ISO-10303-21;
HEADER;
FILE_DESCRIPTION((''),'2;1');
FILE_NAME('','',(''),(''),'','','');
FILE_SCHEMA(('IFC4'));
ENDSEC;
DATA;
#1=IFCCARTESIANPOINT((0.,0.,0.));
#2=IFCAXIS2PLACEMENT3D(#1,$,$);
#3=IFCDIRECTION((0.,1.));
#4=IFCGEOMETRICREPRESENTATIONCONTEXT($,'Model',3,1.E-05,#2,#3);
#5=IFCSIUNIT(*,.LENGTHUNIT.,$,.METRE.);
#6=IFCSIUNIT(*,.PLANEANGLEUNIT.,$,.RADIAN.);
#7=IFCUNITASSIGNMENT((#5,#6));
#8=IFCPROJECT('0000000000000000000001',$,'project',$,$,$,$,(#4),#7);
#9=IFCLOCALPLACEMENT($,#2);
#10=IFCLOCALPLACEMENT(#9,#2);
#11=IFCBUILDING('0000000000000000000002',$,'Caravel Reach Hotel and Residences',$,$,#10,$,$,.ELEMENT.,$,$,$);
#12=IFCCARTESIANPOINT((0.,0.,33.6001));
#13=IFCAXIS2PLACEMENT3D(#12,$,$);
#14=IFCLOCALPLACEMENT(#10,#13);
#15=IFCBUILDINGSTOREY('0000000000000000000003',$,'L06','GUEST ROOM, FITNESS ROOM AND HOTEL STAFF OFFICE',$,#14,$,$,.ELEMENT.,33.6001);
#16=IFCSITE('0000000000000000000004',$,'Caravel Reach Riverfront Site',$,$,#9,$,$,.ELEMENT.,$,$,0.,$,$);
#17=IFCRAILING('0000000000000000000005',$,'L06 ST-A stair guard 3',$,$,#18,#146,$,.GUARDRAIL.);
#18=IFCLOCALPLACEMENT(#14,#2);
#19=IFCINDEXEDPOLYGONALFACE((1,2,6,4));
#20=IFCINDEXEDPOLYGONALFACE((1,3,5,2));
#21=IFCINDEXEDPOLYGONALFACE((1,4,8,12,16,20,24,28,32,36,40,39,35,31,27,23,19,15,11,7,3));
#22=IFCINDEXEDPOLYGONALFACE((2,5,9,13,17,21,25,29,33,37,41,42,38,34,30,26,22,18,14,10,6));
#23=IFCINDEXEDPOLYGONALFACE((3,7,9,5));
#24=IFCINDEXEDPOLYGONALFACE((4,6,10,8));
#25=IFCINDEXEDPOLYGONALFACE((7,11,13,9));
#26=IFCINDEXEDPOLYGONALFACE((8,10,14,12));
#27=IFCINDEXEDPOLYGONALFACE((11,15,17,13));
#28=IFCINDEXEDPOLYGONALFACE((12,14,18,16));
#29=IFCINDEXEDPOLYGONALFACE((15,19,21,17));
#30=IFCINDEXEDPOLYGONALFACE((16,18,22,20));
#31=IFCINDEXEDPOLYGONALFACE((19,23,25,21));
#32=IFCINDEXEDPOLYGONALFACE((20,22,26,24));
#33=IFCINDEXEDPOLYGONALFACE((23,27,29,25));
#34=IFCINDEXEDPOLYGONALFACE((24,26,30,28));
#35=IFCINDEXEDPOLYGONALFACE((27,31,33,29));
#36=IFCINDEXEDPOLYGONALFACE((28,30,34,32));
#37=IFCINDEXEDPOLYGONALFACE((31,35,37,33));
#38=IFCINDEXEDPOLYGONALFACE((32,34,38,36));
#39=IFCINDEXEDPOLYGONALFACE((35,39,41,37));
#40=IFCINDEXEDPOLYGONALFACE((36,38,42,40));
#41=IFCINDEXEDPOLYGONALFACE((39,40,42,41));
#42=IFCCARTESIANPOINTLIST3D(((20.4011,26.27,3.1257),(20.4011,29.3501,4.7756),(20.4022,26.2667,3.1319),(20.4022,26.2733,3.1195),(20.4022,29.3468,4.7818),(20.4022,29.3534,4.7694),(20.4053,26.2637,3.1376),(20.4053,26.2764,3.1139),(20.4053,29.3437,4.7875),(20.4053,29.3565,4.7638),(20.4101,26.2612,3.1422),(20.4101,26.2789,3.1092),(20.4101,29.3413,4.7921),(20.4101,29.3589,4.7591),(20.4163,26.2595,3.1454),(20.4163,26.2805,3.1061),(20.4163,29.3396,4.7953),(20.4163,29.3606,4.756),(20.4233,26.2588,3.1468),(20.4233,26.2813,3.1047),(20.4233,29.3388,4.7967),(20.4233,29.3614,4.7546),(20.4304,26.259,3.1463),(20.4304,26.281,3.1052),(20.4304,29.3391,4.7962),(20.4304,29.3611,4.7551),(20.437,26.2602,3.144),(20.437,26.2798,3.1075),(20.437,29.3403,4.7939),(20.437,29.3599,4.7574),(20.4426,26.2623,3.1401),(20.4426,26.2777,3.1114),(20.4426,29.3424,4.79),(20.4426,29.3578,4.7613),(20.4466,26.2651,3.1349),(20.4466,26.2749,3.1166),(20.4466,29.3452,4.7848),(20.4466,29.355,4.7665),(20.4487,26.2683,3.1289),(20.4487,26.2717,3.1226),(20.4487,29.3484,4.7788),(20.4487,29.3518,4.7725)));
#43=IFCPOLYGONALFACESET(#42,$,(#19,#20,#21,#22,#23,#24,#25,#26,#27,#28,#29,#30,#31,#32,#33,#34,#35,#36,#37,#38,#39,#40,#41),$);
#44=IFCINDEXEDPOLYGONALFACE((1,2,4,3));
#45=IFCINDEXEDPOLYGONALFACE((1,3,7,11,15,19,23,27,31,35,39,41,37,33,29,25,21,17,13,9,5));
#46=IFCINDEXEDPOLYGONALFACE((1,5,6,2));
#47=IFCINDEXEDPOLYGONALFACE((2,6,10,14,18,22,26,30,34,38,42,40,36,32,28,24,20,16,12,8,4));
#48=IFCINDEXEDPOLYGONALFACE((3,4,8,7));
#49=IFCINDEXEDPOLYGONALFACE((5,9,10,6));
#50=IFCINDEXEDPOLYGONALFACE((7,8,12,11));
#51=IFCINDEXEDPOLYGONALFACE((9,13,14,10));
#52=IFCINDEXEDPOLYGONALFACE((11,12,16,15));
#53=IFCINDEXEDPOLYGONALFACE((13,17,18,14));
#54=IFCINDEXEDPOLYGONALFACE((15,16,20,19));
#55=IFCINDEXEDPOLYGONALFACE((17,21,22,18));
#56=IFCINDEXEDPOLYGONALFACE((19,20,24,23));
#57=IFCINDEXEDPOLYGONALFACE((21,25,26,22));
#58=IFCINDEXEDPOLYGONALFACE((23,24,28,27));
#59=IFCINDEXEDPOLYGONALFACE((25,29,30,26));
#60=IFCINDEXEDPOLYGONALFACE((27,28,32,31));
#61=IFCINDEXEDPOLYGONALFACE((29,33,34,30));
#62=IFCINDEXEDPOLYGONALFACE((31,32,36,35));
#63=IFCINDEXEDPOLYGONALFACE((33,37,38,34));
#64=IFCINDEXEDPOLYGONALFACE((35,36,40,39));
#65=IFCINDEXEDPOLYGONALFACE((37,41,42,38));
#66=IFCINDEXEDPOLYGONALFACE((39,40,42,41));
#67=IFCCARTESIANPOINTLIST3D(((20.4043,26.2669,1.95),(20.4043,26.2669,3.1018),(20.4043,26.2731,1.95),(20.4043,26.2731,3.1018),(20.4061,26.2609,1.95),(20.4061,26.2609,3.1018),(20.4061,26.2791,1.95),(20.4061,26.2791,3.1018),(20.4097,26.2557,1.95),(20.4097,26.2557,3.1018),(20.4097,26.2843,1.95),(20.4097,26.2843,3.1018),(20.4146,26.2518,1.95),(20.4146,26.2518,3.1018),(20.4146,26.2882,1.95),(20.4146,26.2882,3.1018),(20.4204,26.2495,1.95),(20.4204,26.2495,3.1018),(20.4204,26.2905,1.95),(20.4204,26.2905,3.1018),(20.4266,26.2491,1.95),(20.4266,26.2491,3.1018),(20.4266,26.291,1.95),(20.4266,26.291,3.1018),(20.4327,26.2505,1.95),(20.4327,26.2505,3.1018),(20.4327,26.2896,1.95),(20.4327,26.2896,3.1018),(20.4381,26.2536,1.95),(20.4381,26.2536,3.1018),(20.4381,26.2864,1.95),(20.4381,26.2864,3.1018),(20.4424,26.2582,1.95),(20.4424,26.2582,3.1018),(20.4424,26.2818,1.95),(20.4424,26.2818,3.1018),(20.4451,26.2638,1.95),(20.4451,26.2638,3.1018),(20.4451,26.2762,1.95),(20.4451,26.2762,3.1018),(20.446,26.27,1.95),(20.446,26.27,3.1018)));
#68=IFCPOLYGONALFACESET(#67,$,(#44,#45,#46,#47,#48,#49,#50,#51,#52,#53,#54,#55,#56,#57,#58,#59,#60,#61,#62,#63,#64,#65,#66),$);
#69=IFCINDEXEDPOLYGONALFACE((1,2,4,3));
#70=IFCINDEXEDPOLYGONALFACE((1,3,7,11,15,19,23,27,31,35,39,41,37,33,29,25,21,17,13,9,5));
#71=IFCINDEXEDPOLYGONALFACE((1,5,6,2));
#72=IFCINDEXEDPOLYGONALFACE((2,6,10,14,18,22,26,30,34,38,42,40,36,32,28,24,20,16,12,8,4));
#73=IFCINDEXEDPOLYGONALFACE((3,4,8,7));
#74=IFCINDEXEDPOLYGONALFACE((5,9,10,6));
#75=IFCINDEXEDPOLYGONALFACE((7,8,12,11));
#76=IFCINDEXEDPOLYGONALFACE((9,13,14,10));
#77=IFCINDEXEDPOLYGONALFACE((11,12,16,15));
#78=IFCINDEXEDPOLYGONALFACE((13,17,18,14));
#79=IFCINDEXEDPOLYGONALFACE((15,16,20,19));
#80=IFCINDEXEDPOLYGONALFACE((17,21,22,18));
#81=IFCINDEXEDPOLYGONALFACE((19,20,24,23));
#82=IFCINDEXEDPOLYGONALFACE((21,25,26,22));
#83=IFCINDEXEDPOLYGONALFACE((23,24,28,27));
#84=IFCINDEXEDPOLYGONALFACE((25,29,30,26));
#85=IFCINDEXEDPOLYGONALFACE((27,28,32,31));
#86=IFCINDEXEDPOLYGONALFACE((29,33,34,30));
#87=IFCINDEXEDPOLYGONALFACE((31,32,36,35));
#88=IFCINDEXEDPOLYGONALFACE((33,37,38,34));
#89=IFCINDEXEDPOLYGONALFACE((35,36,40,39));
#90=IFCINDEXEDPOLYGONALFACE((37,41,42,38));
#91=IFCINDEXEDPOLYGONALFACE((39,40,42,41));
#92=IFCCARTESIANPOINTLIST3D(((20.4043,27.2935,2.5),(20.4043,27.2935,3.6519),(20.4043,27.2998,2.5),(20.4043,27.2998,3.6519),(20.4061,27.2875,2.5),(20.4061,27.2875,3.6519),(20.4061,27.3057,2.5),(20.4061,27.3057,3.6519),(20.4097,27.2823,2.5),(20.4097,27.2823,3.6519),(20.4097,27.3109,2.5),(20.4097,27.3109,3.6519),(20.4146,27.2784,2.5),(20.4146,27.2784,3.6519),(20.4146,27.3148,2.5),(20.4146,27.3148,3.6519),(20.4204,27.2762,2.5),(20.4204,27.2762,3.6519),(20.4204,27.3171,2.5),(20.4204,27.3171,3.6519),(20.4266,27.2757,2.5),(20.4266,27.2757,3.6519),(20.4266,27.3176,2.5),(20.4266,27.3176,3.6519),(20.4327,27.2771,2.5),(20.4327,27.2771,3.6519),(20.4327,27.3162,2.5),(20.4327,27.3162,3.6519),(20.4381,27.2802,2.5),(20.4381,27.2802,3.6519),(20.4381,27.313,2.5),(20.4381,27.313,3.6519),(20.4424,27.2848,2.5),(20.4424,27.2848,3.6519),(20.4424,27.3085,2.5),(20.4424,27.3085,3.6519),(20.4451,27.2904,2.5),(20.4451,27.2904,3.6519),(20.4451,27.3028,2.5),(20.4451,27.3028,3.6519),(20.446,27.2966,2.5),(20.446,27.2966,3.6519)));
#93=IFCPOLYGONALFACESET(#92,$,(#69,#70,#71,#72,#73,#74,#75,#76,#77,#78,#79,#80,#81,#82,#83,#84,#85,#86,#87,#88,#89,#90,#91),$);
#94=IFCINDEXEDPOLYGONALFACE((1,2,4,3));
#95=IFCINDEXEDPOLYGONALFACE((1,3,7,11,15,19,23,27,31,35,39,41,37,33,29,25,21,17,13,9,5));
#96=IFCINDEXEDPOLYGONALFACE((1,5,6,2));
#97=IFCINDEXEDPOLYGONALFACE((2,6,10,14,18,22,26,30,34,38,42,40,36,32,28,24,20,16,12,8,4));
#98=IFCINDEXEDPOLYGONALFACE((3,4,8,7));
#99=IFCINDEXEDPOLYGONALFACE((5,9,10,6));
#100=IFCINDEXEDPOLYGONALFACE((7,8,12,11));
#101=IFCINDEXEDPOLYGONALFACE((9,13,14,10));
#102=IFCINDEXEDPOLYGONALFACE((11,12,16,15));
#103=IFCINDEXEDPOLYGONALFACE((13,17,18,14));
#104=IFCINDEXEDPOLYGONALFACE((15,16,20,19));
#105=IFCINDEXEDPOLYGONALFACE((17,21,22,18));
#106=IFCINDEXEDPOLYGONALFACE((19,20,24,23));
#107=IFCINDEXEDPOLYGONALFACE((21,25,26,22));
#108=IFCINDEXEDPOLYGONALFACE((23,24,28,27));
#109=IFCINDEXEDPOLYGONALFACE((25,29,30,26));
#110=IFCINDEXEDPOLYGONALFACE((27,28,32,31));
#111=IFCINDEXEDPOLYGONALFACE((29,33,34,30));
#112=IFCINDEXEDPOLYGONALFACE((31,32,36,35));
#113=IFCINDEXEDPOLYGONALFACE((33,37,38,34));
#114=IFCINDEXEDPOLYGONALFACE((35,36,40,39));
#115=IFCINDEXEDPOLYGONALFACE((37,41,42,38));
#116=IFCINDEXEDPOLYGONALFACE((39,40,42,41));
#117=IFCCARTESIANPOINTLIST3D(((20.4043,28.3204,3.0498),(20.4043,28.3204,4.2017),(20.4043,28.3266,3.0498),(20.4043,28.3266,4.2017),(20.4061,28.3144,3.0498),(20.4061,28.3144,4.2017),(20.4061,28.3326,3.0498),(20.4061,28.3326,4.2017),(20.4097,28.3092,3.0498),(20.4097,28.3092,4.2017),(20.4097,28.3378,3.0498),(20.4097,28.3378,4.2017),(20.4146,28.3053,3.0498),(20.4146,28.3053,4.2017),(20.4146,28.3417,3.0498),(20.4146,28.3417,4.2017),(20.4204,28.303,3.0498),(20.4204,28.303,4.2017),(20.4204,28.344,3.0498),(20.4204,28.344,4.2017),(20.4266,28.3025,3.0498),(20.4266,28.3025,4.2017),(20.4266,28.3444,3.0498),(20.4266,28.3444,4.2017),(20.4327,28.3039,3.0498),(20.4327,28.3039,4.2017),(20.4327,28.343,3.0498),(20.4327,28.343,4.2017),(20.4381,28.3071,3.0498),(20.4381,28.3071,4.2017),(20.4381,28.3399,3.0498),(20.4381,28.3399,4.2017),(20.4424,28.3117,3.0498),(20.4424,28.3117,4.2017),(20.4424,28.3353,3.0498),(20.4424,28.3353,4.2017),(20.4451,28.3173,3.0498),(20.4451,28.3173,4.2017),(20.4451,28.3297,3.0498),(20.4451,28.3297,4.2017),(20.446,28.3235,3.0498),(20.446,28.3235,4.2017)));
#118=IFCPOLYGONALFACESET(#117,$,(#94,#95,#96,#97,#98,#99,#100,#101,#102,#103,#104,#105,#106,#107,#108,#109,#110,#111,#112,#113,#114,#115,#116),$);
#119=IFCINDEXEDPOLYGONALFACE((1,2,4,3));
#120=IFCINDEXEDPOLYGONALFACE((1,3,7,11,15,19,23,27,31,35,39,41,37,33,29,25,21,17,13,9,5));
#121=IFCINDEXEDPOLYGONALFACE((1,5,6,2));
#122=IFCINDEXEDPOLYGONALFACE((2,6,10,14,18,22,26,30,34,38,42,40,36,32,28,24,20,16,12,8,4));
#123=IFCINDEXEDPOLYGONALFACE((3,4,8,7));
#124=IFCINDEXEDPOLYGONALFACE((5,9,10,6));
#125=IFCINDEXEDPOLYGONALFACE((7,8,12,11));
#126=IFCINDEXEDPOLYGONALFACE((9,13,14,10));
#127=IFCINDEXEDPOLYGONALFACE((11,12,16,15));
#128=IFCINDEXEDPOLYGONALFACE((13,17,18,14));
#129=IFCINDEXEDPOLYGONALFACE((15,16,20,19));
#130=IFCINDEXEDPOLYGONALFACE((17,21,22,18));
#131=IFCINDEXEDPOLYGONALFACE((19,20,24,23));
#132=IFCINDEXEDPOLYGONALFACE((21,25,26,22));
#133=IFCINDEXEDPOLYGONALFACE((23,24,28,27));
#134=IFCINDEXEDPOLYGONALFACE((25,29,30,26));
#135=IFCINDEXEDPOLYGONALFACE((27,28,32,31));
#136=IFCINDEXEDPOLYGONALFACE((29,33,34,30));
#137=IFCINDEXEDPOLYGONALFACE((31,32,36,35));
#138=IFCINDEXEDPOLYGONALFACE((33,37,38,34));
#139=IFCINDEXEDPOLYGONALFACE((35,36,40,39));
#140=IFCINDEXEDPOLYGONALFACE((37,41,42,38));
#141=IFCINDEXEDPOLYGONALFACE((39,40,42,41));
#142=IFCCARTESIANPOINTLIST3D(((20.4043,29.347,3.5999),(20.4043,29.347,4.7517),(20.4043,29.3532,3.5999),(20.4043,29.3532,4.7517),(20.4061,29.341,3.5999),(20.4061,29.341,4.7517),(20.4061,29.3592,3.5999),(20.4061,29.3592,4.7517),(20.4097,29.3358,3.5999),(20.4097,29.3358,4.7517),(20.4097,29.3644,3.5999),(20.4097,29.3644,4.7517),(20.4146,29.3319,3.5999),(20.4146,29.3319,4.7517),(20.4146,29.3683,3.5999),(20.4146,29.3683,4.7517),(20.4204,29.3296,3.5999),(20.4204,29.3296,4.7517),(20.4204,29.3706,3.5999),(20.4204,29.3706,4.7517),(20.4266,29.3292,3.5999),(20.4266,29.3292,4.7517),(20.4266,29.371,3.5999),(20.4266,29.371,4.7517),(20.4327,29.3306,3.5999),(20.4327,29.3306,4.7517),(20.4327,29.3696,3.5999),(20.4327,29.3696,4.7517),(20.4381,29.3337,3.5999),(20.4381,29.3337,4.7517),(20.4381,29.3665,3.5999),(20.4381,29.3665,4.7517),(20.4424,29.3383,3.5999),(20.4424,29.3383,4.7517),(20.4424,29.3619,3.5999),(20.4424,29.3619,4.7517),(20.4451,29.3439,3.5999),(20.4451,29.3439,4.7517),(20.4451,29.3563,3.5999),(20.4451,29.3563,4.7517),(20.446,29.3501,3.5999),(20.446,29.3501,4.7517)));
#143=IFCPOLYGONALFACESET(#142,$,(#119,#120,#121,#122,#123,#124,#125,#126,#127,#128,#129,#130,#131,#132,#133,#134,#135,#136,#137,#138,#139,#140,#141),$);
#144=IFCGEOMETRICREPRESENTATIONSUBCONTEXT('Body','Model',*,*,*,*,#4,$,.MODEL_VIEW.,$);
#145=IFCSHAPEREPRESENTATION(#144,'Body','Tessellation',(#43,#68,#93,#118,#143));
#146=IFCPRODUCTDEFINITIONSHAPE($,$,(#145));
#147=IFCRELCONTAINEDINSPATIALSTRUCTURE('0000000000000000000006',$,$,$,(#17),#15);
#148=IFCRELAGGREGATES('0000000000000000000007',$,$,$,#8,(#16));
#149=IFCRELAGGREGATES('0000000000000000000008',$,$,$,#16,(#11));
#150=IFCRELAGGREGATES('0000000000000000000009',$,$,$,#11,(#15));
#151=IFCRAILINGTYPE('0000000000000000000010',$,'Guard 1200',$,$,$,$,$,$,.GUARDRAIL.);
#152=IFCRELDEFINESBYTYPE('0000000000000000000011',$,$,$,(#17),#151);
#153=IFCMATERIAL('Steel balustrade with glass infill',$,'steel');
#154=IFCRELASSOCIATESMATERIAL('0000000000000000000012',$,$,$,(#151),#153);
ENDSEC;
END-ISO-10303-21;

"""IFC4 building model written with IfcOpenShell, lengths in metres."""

from ifc_helpers import new_model, si_unit, direction, frame, origin, origin_2d, place, context, subcontext, project, spatial, circle, extrude, material, type_object, element, save


model = new_model("IFC4")

# Units and contexts
model_context = context("Model", 3, precision=1e-05, world=origin(), true_north=direction((0.0, 1.0)))
body_context = subcontext(model_context, "Body", "Model", "MODEL_VIEW")
ifc_project = project(units=[si_unit("LENGTHUNIT", "METRE"), si_unit("PLANEANGLEUNIT", "RADIAN")], contexts=[model_context])

# Site, building, storey
site_placement = place(None, origin())
site = spatial("IfcSite", under=ifc_project, at=site_placement, Name="Caravel Reach Riverfront Site", CompositionType="ELEMENT", RefElevation=0.0)
building_placement = place(site_placement, origin())
building = spatial("IfcBuilding", under=site, at=building_placement, Name="Caravel Reach Hotel and Residences", CompositionType="ELEMENT")
storey_placement = place(building_placement, frame((0.0, 0.0, 33.6001)))
storey = spatial("IfcBuildingStorey", under=building, at=storey_placement, Name="L06", Description="GUEST ROOM, FITNESS ROOM AND HOTEL STAFF OFFICE", CompositionType="ELEMENT", Elevation=33.6001)

# Railing
ifc_material_1 = material(Name="Steel balustrade with glass infill", Category="steel")
railing_type_1 = type_object("IfcRailingType", Name="Guard 1200", PredefinedType="GUARDRAIL", material=ifc_material_1)
railing_1_placement = place(storey_placement, frame((20.425, 26.27, 1.95)))
element("IfcRailing", 1, at=railing_1_placement, inside=storey, type_object=railing_type_1, Name="L06 ST-A stair guard 3", PredefinedType="GUARDRAIL", context=body_context, shape_type="SweptSolid", body=[
    extrude(circle(Radius=0.0239, at=origin_2d()), frame((0.0, 0.0, 1.1758), z_axis=(0.0, 0.881497, 0.47219), x_axis=(-1.0, 0.0, 0.0)), (0.0, 0.0, 1.0), 3.4941),
    extrude(circle(Radius=0.021, at=origin_2d()), origin(), (0.0, 0.0, 1.0), 1.1519),
    extrude(circle(Radius=0.021, at=origin_2d()), frame((0.0, 1.0266, 0.55)), (0.0, 0.0, 1.0), 1.1519),
    extrude(circle(Radius=0.021, at=origin_2d()), frame((0.0, 2.0535, 1.0999)), (0.0, 0.0, 1.0), 1.1519),
    extrude(circle(Radius=0.021, at=origin_2d()), frame((0.0, 3.0801, 1.6499)), (0.0, 0.0, 1.0), 1.1519),
])

save(model, "model.ifc")
